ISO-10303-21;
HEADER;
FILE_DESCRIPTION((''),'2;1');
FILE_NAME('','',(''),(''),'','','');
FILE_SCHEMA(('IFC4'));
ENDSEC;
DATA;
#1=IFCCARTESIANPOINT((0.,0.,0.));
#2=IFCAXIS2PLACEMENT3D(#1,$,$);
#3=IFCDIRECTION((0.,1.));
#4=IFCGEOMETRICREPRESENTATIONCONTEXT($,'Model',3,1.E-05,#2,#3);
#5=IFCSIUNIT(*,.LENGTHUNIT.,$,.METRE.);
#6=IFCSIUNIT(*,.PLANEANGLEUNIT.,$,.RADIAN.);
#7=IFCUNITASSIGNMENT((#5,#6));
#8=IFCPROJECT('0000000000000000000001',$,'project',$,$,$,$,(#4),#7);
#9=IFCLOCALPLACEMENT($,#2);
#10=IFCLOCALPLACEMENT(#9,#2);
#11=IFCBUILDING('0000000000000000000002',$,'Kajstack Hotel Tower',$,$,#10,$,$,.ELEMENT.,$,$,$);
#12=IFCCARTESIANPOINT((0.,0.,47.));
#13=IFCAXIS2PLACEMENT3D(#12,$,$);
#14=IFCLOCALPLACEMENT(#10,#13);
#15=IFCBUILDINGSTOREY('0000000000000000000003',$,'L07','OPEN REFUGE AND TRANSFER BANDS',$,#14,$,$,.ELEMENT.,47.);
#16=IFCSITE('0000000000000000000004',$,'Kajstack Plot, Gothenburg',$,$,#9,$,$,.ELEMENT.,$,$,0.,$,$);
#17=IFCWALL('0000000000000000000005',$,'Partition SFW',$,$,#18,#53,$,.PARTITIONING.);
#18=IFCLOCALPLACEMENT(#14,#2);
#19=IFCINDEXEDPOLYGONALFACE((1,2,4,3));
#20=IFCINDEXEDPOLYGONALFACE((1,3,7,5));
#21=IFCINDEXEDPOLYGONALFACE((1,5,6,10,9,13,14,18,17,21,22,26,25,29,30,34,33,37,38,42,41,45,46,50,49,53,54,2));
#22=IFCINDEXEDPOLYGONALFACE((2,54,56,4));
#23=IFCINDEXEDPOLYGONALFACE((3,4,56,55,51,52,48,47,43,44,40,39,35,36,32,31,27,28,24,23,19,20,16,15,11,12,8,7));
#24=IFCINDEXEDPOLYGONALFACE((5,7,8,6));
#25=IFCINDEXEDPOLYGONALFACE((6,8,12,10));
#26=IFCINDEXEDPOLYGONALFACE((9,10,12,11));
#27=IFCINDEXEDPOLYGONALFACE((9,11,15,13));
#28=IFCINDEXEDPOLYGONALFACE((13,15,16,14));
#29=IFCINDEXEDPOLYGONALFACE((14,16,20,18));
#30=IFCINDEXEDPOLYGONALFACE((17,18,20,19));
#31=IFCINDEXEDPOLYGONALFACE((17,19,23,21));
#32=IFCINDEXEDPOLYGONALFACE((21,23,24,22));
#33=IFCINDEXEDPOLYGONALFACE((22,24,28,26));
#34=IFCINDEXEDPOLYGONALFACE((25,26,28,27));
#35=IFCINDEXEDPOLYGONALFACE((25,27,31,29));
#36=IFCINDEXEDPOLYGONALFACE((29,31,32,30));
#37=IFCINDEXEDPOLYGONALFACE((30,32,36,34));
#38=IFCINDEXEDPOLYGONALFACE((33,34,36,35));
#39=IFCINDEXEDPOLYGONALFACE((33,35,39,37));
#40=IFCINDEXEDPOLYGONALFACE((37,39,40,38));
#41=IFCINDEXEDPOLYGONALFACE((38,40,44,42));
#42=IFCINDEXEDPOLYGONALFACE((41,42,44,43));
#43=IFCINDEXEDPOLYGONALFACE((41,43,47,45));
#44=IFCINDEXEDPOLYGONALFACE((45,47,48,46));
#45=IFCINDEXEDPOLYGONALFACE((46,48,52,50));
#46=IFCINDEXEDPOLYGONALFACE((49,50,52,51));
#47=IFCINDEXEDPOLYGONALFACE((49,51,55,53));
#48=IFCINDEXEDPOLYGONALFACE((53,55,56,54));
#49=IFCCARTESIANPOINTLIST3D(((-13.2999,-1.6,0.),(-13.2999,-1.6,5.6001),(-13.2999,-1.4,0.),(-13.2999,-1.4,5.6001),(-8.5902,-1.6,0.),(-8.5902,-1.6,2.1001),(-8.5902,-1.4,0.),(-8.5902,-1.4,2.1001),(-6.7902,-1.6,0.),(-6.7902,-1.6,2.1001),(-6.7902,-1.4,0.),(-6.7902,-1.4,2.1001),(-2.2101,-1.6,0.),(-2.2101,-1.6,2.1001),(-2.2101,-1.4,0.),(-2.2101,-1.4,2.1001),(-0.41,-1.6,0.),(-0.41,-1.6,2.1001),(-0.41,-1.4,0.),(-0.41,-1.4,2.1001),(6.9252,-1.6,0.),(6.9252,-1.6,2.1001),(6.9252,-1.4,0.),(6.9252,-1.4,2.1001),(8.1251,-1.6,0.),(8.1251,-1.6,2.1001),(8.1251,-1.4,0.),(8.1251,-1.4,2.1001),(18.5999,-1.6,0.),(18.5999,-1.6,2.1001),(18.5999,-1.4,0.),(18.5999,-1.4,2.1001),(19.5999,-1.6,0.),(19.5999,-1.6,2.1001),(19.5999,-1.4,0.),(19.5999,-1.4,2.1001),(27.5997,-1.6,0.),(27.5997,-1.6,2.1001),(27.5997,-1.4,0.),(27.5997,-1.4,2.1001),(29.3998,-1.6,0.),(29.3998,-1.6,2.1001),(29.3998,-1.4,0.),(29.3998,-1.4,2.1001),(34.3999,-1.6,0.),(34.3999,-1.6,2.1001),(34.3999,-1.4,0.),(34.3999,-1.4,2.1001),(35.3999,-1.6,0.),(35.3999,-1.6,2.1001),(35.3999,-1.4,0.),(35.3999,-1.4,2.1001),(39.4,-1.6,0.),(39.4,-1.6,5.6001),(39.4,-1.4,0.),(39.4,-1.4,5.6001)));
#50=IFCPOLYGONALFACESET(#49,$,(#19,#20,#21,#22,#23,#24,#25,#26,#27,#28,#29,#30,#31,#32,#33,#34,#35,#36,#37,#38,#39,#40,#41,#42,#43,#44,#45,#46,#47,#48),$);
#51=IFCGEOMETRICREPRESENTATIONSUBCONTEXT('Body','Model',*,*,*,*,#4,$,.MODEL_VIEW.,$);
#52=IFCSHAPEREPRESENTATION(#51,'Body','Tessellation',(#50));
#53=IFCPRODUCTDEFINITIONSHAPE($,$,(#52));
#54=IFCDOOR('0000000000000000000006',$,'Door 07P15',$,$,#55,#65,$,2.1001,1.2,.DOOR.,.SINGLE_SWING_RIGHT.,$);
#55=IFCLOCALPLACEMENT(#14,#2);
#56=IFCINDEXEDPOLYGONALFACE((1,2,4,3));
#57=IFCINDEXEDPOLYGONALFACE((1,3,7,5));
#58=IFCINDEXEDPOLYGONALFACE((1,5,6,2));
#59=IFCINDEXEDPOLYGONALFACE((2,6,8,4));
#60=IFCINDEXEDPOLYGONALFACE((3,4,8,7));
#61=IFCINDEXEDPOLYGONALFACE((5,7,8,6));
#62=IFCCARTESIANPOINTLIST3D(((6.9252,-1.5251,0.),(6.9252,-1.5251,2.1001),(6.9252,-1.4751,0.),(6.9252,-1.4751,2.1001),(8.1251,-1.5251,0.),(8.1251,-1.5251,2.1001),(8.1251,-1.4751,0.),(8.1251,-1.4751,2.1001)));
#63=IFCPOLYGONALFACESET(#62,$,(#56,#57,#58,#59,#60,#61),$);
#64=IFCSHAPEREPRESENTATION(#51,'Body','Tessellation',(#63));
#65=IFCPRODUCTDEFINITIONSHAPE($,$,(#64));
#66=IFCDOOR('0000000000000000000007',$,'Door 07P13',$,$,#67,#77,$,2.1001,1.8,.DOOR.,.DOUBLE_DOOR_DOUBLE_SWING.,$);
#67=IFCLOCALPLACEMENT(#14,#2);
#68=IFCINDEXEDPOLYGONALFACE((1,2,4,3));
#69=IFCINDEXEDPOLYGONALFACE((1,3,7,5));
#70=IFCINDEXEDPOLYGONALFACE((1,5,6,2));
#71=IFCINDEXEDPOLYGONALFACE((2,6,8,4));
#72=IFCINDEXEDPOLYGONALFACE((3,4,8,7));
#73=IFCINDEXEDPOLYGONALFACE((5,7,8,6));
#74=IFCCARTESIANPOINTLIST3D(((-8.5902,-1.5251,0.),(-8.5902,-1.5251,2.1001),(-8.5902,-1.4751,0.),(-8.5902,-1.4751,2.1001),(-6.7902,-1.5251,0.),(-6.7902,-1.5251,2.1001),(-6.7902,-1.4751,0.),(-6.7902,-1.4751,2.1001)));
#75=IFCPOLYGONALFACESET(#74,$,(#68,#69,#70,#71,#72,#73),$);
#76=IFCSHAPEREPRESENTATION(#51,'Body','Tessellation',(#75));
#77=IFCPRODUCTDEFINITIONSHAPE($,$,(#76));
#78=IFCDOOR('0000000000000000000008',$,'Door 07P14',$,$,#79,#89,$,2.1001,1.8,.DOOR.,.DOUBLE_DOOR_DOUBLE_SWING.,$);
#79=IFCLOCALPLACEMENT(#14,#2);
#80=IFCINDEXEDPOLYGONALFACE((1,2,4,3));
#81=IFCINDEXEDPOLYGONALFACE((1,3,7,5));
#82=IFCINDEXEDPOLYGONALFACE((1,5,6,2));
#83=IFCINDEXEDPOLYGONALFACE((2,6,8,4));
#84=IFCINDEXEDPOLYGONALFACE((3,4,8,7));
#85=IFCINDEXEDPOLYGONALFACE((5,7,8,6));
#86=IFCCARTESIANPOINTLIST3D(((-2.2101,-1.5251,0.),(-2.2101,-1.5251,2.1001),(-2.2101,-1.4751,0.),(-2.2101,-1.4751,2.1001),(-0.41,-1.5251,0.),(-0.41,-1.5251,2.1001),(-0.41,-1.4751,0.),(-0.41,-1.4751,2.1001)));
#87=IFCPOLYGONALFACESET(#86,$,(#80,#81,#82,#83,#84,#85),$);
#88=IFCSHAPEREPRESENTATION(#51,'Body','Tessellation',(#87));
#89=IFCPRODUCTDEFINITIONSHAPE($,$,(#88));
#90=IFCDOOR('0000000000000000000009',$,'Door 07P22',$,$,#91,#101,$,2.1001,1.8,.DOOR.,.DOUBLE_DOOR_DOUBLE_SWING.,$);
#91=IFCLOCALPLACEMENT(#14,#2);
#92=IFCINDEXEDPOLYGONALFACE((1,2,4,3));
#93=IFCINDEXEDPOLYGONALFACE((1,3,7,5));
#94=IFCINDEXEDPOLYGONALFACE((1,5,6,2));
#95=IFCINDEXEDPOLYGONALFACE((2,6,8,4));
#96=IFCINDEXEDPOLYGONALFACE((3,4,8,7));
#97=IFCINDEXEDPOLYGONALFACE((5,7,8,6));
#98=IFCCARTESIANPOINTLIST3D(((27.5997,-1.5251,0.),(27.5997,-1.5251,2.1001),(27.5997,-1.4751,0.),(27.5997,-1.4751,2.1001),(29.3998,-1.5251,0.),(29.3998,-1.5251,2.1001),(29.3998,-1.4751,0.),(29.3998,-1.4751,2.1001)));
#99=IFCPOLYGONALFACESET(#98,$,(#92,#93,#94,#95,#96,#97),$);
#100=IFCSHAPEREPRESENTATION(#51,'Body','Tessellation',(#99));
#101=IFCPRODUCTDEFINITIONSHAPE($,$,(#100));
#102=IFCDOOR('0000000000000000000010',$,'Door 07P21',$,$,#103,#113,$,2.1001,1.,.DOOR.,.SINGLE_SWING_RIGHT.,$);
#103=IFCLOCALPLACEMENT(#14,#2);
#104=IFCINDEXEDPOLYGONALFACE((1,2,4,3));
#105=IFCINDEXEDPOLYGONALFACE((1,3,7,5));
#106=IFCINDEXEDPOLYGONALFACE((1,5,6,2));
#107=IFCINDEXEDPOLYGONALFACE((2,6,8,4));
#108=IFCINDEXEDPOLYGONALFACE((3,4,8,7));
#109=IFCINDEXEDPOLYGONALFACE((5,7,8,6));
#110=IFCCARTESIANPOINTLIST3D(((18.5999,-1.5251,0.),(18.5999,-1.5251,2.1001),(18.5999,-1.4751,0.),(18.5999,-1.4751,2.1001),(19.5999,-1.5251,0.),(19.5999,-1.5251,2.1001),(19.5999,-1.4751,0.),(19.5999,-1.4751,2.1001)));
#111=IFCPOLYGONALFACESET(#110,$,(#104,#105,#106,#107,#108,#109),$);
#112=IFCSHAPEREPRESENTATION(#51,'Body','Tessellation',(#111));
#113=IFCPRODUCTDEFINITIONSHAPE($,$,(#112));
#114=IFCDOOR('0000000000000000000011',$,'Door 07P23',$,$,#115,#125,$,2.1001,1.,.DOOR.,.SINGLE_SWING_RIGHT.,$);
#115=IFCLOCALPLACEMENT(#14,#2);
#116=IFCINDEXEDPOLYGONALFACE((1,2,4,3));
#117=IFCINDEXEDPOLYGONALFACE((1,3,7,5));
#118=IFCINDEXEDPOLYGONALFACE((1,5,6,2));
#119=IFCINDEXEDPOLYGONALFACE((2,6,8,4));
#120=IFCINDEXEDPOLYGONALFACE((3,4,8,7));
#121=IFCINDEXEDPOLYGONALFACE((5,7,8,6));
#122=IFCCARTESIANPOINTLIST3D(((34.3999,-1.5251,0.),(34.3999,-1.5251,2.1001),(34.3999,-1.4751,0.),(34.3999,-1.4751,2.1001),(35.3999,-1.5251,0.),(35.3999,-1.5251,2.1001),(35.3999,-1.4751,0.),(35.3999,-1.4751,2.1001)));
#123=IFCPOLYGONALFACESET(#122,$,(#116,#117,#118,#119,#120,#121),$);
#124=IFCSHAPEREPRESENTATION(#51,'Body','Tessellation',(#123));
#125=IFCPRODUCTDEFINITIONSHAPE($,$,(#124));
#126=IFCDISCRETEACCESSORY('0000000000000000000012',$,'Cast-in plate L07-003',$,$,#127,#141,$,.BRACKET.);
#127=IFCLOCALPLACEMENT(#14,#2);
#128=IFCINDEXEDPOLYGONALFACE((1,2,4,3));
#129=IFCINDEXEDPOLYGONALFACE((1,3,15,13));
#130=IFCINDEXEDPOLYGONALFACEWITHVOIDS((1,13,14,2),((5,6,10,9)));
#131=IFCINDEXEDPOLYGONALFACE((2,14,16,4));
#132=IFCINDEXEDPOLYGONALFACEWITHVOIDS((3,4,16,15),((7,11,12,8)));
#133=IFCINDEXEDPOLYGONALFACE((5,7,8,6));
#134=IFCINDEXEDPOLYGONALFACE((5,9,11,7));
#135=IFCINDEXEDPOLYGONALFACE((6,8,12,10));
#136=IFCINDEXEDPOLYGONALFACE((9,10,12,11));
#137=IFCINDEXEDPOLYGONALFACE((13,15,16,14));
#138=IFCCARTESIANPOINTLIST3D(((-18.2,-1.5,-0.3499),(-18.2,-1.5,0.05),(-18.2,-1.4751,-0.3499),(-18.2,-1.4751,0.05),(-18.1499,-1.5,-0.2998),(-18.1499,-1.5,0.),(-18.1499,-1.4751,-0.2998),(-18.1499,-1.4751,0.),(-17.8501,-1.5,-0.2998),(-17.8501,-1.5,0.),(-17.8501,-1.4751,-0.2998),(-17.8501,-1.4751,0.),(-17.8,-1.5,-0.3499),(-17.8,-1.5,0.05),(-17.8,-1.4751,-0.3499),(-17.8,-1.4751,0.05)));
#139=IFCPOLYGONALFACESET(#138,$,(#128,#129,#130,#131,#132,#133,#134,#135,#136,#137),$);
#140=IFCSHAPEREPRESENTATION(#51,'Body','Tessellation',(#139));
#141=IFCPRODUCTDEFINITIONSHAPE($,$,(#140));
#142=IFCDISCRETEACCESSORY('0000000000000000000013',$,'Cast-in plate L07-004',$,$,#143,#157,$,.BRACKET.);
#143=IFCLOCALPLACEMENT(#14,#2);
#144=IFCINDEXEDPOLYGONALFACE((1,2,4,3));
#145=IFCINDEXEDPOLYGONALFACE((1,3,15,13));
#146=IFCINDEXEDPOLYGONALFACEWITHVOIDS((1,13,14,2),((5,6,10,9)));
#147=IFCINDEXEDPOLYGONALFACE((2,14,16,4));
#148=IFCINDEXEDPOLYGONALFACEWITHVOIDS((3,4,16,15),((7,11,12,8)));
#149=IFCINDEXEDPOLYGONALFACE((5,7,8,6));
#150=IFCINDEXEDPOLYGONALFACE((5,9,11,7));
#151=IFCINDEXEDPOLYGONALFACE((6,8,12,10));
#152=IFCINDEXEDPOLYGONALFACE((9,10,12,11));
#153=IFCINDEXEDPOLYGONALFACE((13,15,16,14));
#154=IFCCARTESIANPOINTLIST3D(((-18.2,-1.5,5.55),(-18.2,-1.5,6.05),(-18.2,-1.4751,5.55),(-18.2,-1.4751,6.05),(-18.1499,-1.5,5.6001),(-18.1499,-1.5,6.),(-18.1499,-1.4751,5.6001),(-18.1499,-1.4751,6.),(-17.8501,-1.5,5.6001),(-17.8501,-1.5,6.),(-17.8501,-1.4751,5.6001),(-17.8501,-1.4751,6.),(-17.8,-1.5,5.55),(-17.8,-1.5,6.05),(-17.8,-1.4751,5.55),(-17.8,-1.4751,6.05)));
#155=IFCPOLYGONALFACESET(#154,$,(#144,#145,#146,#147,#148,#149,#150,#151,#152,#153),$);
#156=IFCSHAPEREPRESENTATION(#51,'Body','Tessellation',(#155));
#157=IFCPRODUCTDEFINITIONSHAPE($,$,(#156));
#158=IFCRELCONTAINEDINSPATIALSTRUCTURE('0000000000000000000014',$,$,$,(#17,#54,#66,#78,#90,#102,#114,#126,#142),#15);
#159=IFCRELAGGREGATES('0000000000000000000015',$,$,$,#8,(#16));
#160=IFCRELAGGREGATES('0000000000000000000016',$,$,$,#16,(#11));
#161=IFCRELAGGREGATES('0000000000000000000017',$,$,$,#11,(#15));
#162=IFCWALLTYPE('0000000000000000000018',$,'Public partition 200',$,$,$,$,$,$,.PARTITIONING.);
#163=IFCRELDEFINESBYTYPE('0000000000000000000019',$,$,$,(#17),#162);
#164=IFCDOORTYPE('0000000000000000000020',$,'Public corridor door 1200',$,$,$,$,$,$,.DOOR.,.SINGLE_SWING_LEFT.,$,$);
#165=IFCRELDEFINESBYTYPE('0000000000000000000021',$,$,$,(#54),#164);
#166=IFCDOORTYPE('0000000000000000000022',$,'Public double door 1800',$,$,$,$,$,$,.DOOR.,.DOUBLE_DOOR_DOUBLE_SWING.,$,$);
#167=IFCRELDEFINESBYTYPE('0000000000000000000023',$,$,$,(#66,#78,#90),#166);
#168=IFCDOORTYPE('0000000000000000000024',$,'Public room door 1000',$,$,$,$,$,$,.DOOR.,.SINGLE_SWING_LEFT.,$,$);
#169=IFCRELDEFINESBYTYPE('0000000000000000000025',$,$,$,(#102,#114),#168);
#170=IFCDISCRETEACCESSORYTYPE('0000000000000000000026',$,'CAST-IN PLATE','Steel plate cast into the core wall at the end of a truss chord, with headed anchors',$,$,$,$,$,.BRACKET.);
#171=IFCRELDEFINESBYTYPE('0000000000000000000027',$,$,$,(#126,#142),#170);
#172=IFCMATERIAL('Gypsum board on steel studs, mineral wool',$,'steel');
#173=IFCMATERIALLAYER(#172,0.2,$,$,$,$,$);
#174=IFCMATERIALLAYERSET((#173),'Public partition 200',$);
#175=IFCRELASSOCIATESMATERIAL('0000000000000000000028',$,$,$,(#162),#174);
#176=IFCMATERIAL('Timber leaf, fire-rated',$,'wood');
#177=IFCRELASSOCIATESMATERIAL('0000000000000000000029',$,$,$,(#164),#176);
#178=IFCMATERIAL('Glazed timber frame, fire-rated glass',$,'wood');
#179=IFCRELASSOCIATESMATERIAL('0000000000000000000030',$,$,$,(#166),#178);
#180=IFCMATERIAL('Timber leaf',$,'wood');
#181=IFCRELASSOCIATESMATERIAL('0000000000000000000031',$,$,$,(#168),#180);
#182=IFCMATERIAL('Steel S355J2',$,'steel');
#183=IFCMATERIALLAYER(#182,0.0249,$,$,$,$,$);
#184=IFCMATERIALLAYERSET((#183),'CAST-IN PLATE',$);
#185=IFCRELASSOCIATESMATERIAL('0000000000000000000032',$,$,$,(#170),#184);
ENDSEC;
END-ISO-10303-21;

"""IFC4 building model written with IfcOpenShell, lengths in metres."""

from ifc_helpers import new_model, si_unit, direction, frame, frame_2d, origin, place, context, subcontext, project, spatial, polyline, rectangle, outline, extrude, material, layer, layer_set, type_object, element, fill, save


model = new_model("IFC4")

# Units and contexts
model_context = context("Model", 3, precision=1e-05, world=origin(), true_north=direction((0.0, 1.0)))
body_context = subcontext(model_context, "Body", "Model", "MODEL_VIEW")
ifc_project = project(units=[si_unit("LENGTHUNIT", "METRE"), si_unit("PLANEANGLEUNIT", "RADIAN")], contexts=[model_context])

# Site, building, storey
site_placement = place(None, origin())
site = spatial("IfcSite", under=ifc_project, at=site_placement, Name="Kajstack Plot, Gothenburg", CompositionType="ELEMENT", RefElevation=0.0)
building_placement = place(site_placement, origin())
building = spatial("IfcBuilding", under=site, at=building_placement, Name="Kajstack Hotel Tower", CompositionType="ELEMENT")
storey_placement = place(building_placement, frame((0.0, 0.0, 47.0)))
storey = spatial("IfcBuildingStorey", under=building, at=storey_placement, Name="L07", Description="OPEN REFUGE AND TRANSFER BANDS", CompositionType="ELEMENT", Elevation=47.0)

# Shared definitions
ifc_material_1 = material(Name="Steel S355J2", Category="steel")

# Shared definitions
ifc_material_2 = material(Name="Gypsum board on steel studs, mineral wool", Category="steel")
ifc_layer_1 = layer(ifc_material_2, 0.2)
ifc_layer_set_1 = layer_set([ifc_layer_1], Name="Public partition 200")
wall_type = type_object("IfcWallType", Name="Public partition 200", PredefinedType="PARTITIONING", material=ifc_layer_set_1)

# Shared definitions
ifc_material_3 = material(Name="Timber leaf", Category="wood")

# Wall, openings, doors
wall_1_placement = place(storey_placement, frame((-13.3, -1.5, 0.0), z_axis=(0.0, 0.0, 1.0), x_axis=(1.0, 0.0, 0.0)))
wall_1 = element("IfcWall", 1, at=wall_1_placement, inside=storey, type_object=wall_type, Name="Partition SFW", PredefinedType="PARTITIONING", context=body_context, shape_type="SweptSolid", body=[
    extrude(rectangle(XDim=52.7, YDim=0.2, at=frame_2d((26.3501, 0.0))), origin(), (0.0, 0.0, 1.0), 5.6001),
])
opening_1_placement = place(wall_1_placement, frame((4.71, 0.0, 0.0)))
opening_1 = element("IfcOpeningElement", 2, at=opening_1_placement, cuts=wall_1, PredefinedType="OPENING", context=body_context, shape_type="SweptSolid", body=[
    extrude(rectangle(XDim=1.8, YDim=2.1001, at=frame_2d((0.8999, 1.05))), frame((0.0, 0.1099, 0.0), z_axis=(0.0, -1.0, 0.0), x_axis=(1.0, 0.0, 0.0)), (0.0, 0.0, 1.0), 0.22),
])
opening_2_placement = place(wall_1_placement, frame((11.0901, 0.0, 0.0)))
opening_2 = element("IfcOpeningElement", 3, at=opening_2_placement, cuts=wall_1, PredefinedType="OPENING", context=body_context, shape_type="SweptSolid", body=[
    extrude(rectangle(XDim=1.8, YDim=2.1001, at=frame_2d((0.8999, 1.05))), frame((0.0, 0.1099, 0.0), z_axis=(0.0, -1.0, 0.0), x_axis=(1.0, 0.0, 0.0)), (0.0, 0.0, 1.0), 0.22),
])
opening_3_placement = place(wall_1_placement, frame((20.2251, 0.0, 0.0)))
opening_3 = element("IfcOpeningElement", 4, at=opening_3_placement, cuts=wall_1, PredefinedType="OPENING", context=body_context, shape_type="SweptSolid", body=[
    extrude(rectangle(XDim=1.2, YDim=2.1001, at=frame_2d((0.6001, 1.05))), frame((0.0, 0.1099, 0.0), z_axis=(0.0, -1.0, 0.0), x_axis=(1.0, 0.0, 0.0)), (0.0, 0.0, 1.0), 0.22),
])
opening_4_placement = place(wall_1_placement, frame((31.8999, 0.0, 0.0)))
opening_4 = element("IfcOpeningElement", 5, at=opening_4_placement, cuts=wall_1, PredefinedType="OPENING", context=body_context, shape_type="SweptSolid", body=[
    extrude(rectangle(XDim=1.0, YDim=2.1001, at=frame_2d((0.5, 1.05))), frame((0.0, 0.1099, 0.0), z_axis=(0.0, -1.0, 0.0), x_axis=(1.0, 0.0, 0.0)), (0.0, 0.0, 1.0), 0.22),
])
opening_5_placement = place(wall_1_placement, frame((40.8999, 0.0, 0.0)))
opening_5 = element("IfcOpeningElement", 6, at=opening_5_placement, cuts=wall_1, PredefinedType="OPENING", context=body_context, shape_type="SweptSolid", body=[
    extrude(rectangle(XDim=1.8, YDim=2.1001, at=frame_2d((0.8999, 1.05))), frame((0.0, 0.1099, 0.0), z_axis=(0.0, -1.0, 0.0), x_axis=(1.0, 0.0, 0.0)), (0.0, 0.0, 1.0), 0.22),
])
opening_6_placement = place(wall_1_placement, frame((47.7, 0.0, 0.0)))
opening_6 = element("IfcOpeningElement", 7, at=opening_6_placement, cuts=wall_1, PredefinedType="OPENING", context=body_context, shape_type="SweptSolid", body=[
    extrude(rectangle(XDim=1.0, YDim=2.1001, at=frame_2d((0.5, 1.05))), frame((0.0, 0.1099, 0.0), z_axis=(0.0, -1.0, 0.0), x_axis=(1.0, 0.0, 0.0)), (0.0, 0.0, 1.0), 0.22),
])
ifc_material_4 = material(Name="Timber leaf, fire-rated", Category="wood")
door_type_1 = type_object("IfcDoorType", Name="Public corridor door 1200", OperationType="SINGLE_SWING_LEFT", PredefinedType="DOOR", material=ifc_material_4)
door_1_placement = place(opening_3_placement, origin())
door_1 = element("IfcDoor", 8, at=door_1_placement, inside=storey, type_object=door_type_1, Name="Door 07P15", OperationType="SINGLE_SWING_RIGHT", OverallHeight=2.1001, OverallWidth=1.2, PredefinedType="DOOR", context=body_context, shape_type="SweptSolid", body=[
    extrude(rectangle(XDim=1.2, YDim=2.1001, at=frame_2d((0.6001, 1.05))), frame((0.0, 0.0249, 0.0), z_axis=(0.0, -1.0, 0.0), x_axis=(1.0, 0.0, 0.0)), (0.0, 0.0, 1.0), 0.05),
])
fill(opening_3, door_1)
ifc_material_5 = material(Name="Glazed timber frame, fire-rated glass", Category="wood")
door_type_2 = type_object("IfcDoorType", Name="Public double door 1800", OperationType="DOUBLE_DOOR_DOUBLE_SWING", PredefinedType="DOOR", material=ifc_material_5)
door_2_placement = place(opening_1_placement, origin())
door_2 = element("IfcDoor", 9, at=door_2_placement, inside=storey, type_object=door_type_2, Name="Door 07P13", OperationType="DOUBLE_DOOR_DOUBLE_SWING", OverallHeight=2.1001, OverallWidth=1.8, PredefinedType="DOOR", context=body_context, shape_type="SweptSolid", body=[
    extrude(rectangle(XDim=1.8, YDim=2.1001, at=frame_2d((0.8999, 1.05))), frame((0.0, 0.0249, 0.0), z_axis=(0.0, -1.0, 0.0), x_axis=(1.0, 0.0, 0.0)), (0.0, 0.0, 1.0), 0.05),
])
fill(opening_1, door_2)
door_3_placement = place(opening_2_placement, origin())
door_3 = element("IfcDoor", 10, at=door_3_placement, inside=storey, type_object=door_type_2, Name="Door 07P14", OperationType="DOUBLE_DOOR_DOUBLE_SWING", OverallHeight=2.1001, OverallWidth=1.8, PredefinedType="DOOR", context=body_context, shape_type="SweptSolid", body=[
    extrude(rectangle(XDim=1.8, YDim=2.1001, at=frame_2d((0.8999, 1.05))), frame((0.0, 0.0249, 0.0), z_axis=(0.0, -1.0, 0.0), x_axis=(1.0, 0.0, 0.0)), (0.0, 0.0, 1.0), 0.05),
])
fill(opening_2, door_3)
door_4_placement = place(opening_5_placement, origin())
door_4 = element("IfcDoor", 11, at=door_4_placement, inside=storey, type_object=door_type_2, Name="Door 07P22", OperationType="DOUBLE_DOOR_DOUBLE_SWING", OverallHeight=2.1001, OverallWidth=1.8, PredefinedType="DOOR", context=body_context, shape_type="SweptSolid", body=[
    extrude(rectangle(XDim=1.8, YDim=2.1001, at=frame_2d((0.8999, 1.05))), frame((0.0, 0.0249, 0.0), z_axis=(0.0, -1.0, 0.0), x_axis=(1.0, 0.0, 0.0)), (0.0, 0.0, 1.0), 0.05),
])
fill(opening_5, door_4)
door_type_3 = type_object("IfcDoorType", Name="Public room door 1000", OperationType="SINGLE_SWING_LEFT", PredefinedType="DOOR", material=ifc_material_3)
door_5_placement = place(opening_4_placement, origin())
door_5 = element("IfcDoor", 12, at=door_5_placement, inside=storey, type_object=door_type_3, Name="Door 07P21", OperationType="SINGLE_SWING_RIGHT", OverallHeight=2.1001, OverallWidth=1.0, PredefinedType="DOOR", context=body_context, shape_type="SweptSolid", body=[
    extrude(rectangle(XDim=1.0, YDim=2.1001, at=frame_2d((0.5, 1.05))), frame((0.0, 0.0249, 0.0), z_axis=(0.0, -1.0, 0.0), x_axis=(1.0, 0.0, 0.0)), (0.0, 0.0, 1.0), 0.05),
])
fill(opening_4, door_5)
door_6_placement = place(opening_6_placement, origin())
door_6 = element("IfcDoor", 13, at=door_6_placement, inside=storey, type_object=door_type_3, Name="Door 07P23", OperationType="SINGLE_SWING_RIGHT", OverallHeight=2.1001, OverallWidth=1.0, PredefinedType="DOOR", context=body_context, shape_type="SweptSolid", body=[
    extrude(rectangle(XDim=1.0, YDim=2.1001, at=frame_2d((0.5, 1.05))), frame((0.0, 0.0249, 0.0), z_axis=(0.0, -1.0, 0.0), x_axis=(1.0, 0.0, 0.0)), (0.0, 0.0, 1.0), 0.05),
])
fill(opening_6, door_6)

# Discrete accessories
ifc_layer_2 = layer(ifc_material_1, 0.0249)
ifc_layer_set_2 = layer_set([ifc_layer_2], Name="CAST-IN PLATE")
discrete_accessory_type_1 = type_object("IfcDiscreteAccessoryType", Name="CAST-IN PLATE", Description="Steel plate cast into the core wall at the end of a truss chord, with headed anchors", PredefinedType="BRACKET", material=ifc_layer_set_2)
discrete_accessory_1_placement = place(storey_placement, frame((-18.0, -1.5, -0.1499), z_axis=(0.0, 1.0, 0.0), x_axis=(-1.0, 0.0, 0.0)))
element("IfcDiscreteAccessory", 14, at=discrete_accessory_1_placement, inside=storey, type_object=discrete_accessory_type_1, Name="Cast-in plate L07-003", PredefinedType="BRACKET", context=body_context, shape_type="SweptSolid", body=[
    extrude(outline(polyline([(-0.2, -0.2), (0.2, -0.2), (0.2, 0.2), (-0.2, 0.2), (-0.2, -0.2)]), holes=[polyline([(-0.1499, -0.1499), (-0.1499, 0.1499), (0.1499, 0.1499), (0.1499, -0.1499), (-0.1499, -0.1499)])]), origin(), (0.0, 0.0, 1.0), 0.0249),
])
discrete_accessory_2_placement = place(storey_placement, frame((-18.0, -1.5, 5.8), z_axis=(0.0, 1.0, 0.0), x_axis=(-1.0, 0.0, 0.0)))
element("IfcDiscreteAccessory", 15, at=discrete_accessory_2_placement, inside=storey, type_object=discrete_accessory_type_1, Name="Cast-in plate L07-004", PredefinedType="BRACKET", context=body_context, shape_type="SweptSolid", body=[
    extrude(outline(polyline([(-0.2, -0.25), (0.2, -0.25), (0.2, 0.25), (-0.2, 0.25), (-0.2, -0.25)]), holes=[polyline([(-0.1499, -0.2), (-0.1499, 0.2), (0.1499, 0.2), (0.1499, -0.2), (-0.1499, -0.2)])]), origin(), (0.0, 0.0, 1.0), 0.0249),
])

save(model, "model.ifc")
